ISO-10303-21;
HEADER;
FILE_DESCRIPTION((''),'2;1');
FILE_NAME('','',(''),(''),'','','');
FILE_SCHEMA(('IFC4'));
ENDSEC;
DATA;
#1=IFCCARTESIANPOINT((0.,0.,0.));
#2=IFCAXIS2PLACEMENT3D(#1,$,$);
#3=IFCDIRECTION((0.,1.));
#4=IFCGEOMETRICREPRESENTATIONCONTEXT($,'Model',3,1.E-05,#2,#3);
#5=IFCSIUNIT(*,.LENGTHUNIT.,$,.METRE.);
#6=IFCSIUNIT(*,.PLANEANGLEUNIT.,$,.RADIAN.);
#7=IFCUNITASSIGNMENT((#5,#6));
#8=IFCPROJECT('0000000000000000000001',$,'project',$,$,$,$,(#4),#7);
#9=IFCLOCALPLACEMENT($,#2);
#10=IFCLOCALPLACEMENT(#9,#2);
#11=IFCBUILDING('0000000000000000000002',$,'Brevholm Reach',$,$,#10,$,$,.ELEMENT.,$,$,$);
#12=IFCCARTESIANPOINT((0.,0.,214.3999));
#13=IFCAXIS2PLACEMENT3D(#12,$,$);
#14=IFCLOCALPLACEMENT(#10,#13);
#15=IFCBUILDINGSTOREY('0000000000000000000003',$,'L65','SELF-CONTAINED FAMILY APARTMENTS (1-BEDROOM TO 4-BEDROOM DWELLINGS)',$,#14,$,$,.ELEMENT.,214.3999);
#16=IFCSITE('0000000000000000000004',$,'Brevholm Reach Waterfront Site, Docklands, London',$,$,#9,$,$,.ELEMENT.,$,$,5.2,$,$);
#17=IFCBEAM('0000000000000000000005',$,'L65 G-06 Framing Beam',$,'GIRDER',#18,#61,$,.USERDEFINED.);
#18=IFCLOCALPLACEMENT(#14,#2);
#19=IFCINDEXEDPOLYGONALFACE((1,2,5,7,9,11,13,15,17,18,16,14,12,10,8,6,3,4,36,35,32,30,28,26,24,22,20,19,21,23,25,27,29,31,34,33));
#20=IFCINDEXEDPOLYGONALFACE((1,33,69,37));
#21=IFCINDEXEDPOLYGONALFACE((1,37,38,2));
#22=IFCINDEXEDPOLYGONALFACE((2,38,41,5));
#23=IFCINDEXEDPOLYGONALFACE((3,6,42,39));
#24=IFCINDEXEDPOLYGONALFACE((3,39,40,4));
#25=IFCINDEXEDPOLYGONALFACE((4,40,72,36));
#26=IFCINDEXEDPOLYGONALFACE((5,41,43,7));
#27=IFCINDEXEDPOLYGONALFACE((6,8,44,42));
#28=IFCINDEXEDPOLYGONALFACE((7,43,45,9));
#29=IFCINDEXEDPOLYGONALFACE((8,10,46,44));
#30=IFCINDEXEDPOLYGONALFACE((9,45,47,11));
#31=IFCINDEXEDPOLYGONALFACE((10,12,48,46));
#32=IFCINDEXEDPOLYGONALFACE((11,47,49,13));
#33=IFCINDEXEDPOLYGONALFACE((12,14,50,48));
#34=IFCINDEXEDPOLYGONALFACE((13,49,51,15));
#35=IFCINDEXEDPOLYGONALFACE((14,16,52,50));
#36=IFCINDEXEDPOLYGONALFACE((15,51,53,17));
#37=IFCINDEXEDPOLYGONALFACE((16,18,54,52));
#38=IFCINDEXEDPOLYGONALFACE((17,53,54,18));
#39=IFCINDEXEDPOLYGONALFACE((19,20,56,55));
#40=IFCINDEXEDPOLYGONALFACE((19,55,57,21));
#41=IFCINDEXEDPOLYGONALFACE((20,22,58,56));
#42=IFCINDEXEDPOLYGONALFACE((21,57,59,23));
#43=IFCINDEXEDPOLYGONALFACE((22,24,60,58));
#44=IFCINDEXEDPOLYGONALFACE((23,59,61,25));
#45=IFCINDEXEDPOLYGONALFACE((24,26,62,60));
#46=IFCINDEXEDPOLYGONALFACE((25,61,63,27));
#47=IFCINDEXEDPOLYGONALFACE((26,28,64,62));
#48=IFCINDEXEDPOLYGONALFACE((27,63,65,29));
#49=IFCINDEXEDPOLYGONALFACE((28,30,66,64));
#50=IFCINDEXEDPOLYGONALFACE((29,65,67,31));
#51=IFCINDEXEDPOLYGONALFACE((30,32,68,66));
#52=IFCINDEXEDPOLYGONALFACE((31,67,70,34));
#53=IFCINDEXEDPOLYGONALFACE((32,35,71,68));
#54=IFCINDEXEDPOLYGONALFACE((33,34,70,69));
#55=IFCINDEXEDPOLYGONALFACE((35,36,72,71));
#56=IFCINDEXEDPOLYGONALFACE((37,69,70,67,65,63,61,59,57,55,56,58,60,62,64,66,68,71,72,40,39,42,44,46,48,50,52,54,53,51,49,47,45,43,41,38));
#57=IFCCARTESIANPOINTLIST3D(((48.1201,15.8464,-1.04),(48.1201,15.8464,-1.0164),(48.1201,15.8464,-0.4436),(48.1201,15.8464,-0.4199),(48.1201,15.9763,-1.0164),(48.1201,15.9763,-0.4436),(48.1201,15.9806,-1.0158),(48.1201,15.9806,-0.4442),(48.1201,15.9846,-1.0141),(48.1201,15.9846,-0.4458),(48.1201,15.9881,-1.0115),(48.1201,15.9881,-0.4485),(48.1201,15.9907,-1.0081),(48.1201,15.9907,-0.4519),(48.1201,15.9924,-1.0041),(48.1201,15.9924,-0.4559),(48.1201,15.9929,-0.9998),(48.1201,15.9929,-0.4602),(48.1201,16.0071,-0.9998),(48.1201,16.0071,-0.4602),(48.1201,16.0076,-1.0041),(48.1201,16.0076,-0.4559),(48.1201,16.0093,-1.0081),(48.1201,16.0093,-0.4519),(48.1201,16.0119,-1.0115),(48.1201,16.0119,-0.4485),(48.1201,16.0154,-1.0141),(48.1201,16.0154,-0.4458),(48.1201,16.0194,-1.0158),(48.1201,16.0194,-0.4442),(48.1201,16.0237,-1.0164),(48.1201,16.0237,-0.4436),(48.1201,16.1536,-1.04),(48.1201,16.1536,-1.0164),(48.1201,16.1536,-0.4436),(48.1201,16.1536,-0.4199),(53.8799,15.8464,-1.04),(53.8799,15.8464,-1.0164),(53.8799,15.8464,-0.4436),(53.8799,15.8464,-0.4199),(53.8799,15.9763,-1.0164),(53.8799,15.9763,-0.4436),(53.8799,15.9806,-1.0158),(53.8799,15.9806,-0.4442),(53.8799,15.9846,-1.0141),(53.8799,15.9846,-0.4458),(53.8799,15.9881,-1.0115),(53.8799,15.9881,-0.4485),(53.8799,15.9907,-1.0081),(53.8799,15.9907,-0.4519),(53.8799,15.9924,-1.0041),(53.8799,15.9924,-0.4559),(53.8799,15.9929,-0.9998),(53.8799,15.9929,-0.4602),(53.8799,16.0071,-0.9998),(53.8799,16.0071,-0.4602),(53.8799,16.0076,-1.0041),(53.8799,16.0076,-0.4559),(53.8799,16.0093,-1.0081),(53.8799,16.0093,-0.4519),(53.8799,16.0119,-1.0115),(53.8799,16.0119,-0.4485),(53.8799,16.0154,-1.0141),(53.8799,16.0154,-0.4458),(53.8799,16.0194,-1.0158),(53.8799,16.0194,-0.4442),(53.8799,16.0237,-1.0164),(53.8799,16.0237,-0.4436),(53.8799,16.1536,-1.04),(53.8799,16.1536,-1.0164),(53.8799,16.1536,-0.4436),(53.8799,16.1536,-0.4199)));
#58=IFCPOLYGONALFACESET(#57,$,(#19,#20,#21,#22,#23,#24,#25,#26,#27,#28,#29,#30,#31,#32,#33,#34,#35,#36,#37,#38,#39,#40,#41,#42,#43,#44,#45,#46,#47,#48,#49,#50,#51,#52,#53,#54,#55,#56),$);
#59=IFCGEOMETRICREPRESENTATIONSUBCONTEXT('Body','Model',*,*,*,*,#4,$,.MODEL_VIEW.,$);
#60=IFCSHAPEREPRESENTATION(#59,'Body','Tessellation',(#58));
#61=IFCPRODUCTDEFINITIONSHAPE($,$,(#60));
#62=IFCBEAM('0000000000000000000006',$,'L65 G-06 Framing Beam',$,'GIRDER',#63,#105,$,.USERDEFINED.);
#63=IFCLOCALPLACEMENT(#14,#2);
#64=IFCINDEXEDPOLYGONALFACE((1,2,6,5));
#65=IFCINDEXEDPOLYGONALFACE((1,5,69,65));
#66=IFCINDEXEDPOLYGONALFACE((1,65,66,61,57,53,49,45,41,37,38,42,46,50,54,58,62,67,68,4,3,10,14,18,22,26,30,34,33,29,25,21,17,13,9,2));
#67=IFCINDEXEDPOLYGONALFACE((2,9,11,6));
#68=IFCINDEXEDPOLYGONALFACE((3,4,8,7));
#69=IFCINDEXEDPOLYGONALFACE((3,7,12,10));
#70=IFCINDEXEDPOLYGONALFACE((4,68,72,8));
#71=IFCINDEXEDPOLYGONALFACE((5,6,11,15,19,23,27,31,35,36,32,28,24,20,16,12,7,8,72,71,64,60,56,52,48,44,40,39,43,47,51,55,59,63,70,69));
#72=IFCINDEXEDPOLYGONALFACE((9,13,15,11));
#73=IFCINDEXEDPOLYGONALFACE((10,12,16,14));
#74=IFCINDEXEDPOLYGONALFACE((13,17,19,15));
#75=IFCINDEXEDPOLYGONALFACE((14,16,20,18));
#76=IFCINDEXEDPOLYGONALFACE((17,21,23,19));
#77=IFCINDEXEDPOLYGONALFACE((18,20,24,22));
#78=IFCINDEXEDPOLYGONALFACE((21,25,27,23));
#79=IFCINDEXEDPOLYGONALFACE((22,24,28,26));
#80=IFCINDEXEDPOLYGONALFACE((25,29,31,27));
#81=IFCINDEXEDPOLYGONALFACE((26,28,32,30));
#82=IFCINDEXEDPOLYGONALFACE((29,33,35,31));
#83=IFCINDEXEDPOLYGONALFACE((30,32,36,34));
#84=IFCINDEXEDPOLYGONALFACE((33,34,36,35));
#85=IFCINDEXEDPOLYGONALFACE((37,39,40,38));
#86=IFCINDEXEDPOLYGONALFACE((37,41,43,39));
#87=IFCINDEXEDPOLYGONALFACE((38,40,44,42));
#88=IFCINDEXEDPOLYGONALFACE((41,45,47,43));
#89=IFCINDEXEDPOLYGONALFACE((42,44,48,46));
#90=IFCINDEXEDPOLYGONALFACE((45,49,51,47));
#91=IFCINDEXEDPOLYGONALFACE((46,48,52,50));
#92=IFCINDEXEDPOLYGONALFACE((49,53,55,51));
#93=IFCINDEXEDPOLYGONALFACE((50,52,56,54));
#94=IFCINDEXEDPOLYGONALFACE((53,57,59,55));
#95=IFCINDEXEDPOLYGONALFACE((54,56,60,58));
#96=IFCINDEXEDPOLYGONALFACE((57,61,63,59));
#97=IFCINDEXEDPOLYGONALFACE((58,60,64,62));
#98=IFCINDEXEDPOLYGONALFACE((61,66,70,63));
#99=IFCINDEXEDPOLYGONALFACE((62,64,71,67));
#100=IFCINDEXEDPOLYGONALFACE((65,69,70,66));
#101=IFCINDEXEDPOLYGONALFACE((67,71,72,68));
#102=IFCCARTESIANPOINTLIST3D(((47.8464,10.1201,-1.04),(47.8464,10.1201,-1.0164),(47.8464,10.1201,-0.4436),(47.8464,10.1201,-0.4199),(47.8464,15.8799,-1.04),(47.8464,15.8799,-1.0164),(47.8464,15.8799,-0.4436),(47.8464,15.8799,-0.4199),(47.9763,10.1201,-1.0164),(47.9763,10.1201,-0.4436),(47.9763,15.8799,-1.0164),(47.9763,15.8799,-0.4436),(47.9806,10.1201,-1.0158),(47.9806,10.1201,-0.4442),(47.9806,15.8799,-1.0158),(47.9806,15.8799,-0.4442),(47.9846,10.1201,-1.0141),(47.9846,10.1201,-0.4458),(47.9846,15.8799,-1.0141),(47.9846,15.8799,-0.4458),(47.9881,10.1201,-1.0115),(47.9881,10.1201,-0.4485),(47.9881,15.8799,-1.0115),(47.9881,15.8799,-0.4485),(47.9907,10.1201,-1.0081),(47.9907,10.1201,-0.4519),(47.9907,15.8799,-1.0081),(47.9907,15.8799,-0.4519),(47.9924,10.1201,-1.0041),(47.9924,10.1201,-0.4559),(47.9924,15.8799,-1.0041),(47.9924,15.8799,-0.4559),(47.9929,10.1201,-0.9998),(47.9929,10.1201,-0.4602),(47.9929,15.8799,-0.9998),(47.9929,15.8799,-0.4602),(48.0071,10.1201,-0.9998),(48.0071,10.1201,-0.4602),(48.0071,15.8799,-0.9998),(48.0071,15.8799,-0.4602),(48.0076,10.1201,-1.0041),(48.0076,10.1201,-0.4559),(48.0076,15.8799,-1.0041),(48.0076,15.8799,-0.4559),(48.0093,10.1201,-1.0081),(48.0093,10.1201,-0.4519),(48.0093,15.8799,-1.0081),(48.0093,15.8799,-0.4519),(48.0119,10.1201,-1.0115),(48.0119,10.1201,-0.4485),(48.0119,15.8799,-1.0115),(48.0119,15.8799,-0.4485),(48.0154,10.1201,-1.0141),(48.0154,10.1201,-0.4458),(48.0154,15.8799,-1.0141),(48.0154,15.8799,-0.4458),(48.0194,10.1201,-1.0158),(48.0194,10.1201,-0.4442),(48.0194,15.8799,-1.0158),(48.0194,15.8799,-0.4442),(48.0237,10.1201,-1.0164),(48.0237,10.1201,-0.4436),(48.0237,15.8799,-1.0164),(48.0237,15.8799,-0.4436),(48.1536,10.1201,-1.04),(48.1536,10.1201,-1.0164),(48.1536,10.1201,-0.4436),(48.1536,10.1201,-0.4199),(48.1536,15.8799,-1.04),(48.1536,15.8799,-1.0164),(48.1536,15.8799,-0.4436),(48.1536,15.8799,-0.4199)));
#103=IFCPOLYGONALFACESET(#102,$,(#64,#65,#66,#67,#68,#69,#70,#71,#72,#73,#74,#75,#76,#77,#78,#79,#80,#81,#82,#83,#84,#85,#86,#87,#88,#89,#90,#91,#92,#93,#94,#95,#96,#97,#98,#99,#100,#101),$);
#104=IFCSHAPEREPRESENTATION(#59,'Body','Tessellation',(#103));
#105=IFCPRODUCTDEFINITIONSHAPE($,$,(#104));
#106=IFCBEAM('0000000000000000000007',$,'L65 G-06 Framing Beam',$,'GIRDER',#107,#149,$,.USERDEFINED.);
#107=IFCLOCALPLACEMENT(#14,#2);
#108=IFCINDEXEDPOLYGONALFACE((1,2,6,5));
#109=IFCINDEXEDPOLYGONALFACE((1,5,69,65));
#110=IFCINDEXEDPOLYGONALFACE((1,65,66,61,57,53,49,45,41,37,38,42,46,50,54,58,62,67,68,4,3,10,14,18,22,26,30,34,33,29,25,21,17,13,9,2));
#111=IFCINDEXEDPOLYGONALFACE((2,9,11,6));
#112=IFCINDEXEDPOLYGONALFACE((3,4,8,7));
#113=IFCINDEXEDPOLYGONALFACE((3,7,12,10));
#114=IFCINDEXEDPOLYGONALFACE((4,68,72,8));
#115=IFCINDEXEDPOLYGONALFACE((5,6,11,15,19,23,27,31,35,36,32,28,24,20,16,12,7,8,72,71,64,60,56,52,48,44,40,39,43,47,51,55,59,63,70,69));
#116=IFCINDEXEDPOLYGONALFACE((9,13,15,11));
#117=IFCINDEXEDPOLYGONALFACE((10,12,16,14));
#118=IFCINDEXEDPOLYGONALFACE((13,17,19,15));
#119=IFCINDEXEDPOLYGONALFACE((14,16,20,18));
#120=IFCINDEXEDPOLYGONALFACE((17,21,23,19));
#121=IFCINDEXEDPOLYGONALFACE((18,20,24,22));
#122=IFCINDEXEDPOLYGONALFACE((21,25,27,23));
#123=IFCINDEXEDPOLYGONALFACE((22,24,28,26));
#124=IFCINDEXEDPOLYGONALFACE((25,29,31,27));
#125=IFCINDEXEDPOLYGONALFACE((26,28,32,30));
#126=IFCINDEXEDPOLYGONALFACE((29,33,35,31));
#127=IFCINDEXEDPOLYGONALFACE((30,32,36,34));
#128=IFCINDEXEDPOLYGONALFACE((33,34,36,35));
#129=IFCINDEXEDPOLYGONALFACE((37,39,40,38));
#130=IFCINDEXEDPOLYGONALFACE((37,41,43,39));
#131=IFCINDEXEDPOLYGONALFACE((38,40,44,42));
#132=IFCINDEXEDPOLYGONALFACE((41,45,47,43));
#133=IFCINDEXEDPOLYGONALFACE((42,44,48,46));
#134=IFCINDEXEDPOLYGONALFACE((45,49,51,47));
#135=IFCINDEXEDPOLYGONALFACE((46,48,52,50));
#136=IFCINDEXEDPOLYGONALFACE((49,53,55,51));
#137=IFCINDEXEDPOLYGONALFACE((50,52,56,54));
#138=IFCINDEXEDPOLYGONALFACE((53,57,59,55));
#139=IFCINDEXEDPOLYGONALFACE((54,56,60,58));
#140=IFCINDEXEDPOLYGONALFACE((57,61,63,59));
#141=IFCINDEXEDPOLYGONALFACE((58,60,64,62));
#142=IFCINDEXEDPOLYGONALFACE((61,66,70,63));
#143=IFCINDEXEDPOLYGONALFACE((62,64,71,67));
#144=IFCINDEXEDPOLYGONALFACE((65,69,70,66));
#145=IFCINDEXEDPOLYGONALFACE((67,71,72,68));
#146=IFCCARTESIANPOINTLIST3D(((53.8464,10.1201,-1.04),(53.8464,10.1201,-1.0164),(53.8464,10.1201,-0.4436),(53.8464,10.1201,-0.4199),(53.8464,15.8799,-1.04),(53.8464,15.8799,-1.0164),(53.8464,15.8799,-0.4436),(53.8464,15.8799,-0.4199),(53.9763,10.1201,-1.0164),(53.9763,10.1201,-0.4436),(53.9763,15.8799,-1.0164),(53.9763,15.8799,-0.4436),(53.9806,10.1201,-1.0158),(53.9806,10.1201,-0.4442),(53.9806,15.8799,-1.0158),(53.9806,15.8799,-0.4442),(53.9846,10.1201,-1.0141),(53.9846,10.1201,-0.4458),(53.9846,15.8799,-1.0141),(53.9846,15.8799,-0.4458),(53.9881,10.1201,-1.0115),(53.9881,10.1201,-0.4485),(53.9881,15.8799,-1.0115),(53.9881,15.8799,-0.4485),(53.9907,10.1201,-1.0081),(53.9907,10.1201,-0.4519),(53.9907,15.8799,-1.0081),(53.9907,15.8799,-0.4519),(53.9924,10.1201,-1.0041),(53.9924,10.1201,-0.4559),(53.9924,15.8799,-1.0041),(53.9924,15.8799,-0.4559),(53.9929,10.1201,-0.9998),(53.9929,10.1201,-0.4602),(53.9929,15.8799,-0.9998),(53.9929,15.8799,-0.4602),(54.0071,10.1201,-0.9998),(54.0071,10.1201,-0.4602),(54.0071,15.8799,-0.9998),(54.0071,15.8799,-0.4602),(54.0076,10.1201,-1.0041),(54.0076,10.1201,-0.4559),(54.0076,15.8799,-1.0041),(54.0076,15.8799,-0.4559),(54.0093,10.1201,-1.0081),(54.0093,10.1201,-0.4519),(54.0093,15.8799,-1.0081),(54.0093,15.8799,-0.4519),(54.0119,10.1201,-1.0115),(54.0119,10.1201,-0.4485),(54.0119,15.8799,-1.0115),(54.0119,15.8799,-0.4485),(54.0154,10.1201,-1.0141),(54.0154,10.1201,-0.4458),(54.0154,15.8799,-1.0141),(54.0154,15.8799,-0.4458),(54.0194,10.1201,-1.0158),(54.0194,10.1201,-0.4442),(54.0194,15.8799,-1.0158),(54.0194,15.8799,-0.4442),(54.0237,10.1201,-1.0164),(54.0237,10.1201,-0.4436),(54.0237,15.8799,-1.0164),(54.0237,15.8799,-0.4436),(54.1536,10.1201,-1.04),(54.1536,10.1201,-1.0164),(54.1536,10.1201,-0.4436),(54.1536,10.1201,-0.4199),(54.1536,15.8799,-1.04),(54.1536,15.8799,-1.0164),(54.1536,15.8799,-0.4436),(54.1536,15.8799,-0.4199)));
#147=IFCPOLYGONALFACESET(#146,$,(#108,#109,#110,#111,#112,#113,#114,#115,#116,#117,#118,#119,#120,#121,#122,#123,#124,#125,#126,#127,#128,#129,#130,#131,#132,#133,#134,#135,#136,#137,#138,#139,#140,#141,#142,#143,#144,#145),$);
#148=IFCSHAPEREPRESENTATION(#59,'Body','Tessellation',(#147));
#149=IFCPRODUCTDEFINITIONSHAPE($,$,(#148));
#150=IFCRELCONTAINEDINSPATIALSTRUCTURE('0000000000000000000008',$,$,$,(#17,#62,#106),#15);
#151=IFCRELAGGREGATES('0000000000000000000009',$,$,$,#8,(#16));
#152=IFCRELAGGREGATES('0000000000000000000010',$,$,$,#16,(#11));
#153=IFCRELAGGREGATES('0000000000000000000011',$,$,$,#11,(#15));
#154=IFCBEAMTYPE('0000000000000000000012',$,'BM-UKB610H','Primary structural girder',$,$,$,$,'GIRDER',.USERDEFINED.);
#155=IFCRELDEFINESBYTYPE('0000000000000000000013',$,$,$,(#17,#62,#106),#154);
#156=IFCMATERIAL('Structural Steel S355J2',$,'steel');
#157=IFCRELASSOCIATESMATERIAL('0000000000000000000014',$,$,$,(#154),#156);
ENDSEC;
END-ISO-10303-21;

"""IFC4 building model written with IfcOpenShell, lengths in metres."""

from ifc_helpers import new_model, si_unit, direction, frame, origin, origin_2d, place, context, subcontext, project, spatial, i_section, extrude, material, material_profile, profile_set, type_object, element, save


model = new_model("IFC4")

# Units and contexts
model_context = context("Model", 3, precision=1e-05, world=origin(), true_north=direction((0.0, 1.0)))
body_context = subcontext(model_context, "Body", "Model", "MODEL_VIEW")
ifc_project = project(units=[si_unit("LENGTHUNIT", "METRE"), si_unit("PLANEANGLEUNIT", "RADIAN")], contexts=[model_context])

# Site, building, storey
site_placement = place(None, origin())
site = spatial("IfcSite", under=ifc_project, at=site_placement, Name="Brevholm Reach Waterfront Site, Docklands, London", CompositionType="ELEMENT", RefElevation=5.2)
building_placement = place(site_placement, origin())
building = spatial("IfcBuilding", under=site, at=building_placement, Name="Brevholm Reach", CompositionType="ELEMENT")
storey_placement = place(building_placement, frame((0.0, 0.0, 214.3999)))
storey = spatial("IfcBuildingStorey", under=building, at=storey_placement, Name="L65", Description="SELF-CONTAINED FAMILY APARTMENTS (1-BEDROOM TO 4-BEDROOM DWELLINGS)", CompositionType="ELEMENT", Elevation=214.3999)

# Beams
ifc_material_1 = material(Name="Structural Steel S355J2", Category="steel")
ifc_material_profile_1 = material_profile(ifc_material_1, i_section(OverallWidth=0.3071, OverallDepth=0.6201, WebThickness=0.0142, FlangeThickness=0.0237, FilletRadius=0.0166, at=origin_2d()), Name="UKB 610x305x179")
ifc_profile_set_1 = profile_set([ifc_material_profile_1], Name="Structural Steel S355J2")
beam_type_1 = type_object("IfcBeamType", Name="BM-UKB610H", Description="Primary structural girder", ElementType="GIRDER", PredefinedType="USERDEFINED", material=ifc_profile_set_1)
for number, where, z_axis, x_axis, name in (
    (1, (48.1201, 16.0, -0.73), (1.0, 0.0, 0.0), (0.0, 1.0, 0.0), "L65 G-06 Framing Beam"),
    (2, (48.0, 10.1201, -0.73), (0.0, 1.0, 0.0), (-1.0, 0.0, 0.0), "L65 G-06 Framing Beam"),
    (3, (54.0, 10.1201, -0.73), (0.0, 1.0, 0.0), (-1.0, 0.0, 0.0), "L65 G-06 Framing Beam"),
):
    element("IfcBeam", number, at=place(storey_placement, frame(where, z_axis=z_axis, x_axis=x_axis)), inside=storey, type_object=beam_type_1, Name=name, ObjectType="GIRDER", PredefinedType="USERDEFINED", context=body_context, shape_type="SweptSolid", body=[
        extrude(i_section(OverallWidth=0.3071, OverallDepth=0.6201, WebThickness=0.0142, FlangeThickness=0.0237, FilletRadius=0.0166, at=origin_2d()), origin(), (0.0, 0.0, 1.0), 5.7598),
    ])

save(model, "model.ifc")
